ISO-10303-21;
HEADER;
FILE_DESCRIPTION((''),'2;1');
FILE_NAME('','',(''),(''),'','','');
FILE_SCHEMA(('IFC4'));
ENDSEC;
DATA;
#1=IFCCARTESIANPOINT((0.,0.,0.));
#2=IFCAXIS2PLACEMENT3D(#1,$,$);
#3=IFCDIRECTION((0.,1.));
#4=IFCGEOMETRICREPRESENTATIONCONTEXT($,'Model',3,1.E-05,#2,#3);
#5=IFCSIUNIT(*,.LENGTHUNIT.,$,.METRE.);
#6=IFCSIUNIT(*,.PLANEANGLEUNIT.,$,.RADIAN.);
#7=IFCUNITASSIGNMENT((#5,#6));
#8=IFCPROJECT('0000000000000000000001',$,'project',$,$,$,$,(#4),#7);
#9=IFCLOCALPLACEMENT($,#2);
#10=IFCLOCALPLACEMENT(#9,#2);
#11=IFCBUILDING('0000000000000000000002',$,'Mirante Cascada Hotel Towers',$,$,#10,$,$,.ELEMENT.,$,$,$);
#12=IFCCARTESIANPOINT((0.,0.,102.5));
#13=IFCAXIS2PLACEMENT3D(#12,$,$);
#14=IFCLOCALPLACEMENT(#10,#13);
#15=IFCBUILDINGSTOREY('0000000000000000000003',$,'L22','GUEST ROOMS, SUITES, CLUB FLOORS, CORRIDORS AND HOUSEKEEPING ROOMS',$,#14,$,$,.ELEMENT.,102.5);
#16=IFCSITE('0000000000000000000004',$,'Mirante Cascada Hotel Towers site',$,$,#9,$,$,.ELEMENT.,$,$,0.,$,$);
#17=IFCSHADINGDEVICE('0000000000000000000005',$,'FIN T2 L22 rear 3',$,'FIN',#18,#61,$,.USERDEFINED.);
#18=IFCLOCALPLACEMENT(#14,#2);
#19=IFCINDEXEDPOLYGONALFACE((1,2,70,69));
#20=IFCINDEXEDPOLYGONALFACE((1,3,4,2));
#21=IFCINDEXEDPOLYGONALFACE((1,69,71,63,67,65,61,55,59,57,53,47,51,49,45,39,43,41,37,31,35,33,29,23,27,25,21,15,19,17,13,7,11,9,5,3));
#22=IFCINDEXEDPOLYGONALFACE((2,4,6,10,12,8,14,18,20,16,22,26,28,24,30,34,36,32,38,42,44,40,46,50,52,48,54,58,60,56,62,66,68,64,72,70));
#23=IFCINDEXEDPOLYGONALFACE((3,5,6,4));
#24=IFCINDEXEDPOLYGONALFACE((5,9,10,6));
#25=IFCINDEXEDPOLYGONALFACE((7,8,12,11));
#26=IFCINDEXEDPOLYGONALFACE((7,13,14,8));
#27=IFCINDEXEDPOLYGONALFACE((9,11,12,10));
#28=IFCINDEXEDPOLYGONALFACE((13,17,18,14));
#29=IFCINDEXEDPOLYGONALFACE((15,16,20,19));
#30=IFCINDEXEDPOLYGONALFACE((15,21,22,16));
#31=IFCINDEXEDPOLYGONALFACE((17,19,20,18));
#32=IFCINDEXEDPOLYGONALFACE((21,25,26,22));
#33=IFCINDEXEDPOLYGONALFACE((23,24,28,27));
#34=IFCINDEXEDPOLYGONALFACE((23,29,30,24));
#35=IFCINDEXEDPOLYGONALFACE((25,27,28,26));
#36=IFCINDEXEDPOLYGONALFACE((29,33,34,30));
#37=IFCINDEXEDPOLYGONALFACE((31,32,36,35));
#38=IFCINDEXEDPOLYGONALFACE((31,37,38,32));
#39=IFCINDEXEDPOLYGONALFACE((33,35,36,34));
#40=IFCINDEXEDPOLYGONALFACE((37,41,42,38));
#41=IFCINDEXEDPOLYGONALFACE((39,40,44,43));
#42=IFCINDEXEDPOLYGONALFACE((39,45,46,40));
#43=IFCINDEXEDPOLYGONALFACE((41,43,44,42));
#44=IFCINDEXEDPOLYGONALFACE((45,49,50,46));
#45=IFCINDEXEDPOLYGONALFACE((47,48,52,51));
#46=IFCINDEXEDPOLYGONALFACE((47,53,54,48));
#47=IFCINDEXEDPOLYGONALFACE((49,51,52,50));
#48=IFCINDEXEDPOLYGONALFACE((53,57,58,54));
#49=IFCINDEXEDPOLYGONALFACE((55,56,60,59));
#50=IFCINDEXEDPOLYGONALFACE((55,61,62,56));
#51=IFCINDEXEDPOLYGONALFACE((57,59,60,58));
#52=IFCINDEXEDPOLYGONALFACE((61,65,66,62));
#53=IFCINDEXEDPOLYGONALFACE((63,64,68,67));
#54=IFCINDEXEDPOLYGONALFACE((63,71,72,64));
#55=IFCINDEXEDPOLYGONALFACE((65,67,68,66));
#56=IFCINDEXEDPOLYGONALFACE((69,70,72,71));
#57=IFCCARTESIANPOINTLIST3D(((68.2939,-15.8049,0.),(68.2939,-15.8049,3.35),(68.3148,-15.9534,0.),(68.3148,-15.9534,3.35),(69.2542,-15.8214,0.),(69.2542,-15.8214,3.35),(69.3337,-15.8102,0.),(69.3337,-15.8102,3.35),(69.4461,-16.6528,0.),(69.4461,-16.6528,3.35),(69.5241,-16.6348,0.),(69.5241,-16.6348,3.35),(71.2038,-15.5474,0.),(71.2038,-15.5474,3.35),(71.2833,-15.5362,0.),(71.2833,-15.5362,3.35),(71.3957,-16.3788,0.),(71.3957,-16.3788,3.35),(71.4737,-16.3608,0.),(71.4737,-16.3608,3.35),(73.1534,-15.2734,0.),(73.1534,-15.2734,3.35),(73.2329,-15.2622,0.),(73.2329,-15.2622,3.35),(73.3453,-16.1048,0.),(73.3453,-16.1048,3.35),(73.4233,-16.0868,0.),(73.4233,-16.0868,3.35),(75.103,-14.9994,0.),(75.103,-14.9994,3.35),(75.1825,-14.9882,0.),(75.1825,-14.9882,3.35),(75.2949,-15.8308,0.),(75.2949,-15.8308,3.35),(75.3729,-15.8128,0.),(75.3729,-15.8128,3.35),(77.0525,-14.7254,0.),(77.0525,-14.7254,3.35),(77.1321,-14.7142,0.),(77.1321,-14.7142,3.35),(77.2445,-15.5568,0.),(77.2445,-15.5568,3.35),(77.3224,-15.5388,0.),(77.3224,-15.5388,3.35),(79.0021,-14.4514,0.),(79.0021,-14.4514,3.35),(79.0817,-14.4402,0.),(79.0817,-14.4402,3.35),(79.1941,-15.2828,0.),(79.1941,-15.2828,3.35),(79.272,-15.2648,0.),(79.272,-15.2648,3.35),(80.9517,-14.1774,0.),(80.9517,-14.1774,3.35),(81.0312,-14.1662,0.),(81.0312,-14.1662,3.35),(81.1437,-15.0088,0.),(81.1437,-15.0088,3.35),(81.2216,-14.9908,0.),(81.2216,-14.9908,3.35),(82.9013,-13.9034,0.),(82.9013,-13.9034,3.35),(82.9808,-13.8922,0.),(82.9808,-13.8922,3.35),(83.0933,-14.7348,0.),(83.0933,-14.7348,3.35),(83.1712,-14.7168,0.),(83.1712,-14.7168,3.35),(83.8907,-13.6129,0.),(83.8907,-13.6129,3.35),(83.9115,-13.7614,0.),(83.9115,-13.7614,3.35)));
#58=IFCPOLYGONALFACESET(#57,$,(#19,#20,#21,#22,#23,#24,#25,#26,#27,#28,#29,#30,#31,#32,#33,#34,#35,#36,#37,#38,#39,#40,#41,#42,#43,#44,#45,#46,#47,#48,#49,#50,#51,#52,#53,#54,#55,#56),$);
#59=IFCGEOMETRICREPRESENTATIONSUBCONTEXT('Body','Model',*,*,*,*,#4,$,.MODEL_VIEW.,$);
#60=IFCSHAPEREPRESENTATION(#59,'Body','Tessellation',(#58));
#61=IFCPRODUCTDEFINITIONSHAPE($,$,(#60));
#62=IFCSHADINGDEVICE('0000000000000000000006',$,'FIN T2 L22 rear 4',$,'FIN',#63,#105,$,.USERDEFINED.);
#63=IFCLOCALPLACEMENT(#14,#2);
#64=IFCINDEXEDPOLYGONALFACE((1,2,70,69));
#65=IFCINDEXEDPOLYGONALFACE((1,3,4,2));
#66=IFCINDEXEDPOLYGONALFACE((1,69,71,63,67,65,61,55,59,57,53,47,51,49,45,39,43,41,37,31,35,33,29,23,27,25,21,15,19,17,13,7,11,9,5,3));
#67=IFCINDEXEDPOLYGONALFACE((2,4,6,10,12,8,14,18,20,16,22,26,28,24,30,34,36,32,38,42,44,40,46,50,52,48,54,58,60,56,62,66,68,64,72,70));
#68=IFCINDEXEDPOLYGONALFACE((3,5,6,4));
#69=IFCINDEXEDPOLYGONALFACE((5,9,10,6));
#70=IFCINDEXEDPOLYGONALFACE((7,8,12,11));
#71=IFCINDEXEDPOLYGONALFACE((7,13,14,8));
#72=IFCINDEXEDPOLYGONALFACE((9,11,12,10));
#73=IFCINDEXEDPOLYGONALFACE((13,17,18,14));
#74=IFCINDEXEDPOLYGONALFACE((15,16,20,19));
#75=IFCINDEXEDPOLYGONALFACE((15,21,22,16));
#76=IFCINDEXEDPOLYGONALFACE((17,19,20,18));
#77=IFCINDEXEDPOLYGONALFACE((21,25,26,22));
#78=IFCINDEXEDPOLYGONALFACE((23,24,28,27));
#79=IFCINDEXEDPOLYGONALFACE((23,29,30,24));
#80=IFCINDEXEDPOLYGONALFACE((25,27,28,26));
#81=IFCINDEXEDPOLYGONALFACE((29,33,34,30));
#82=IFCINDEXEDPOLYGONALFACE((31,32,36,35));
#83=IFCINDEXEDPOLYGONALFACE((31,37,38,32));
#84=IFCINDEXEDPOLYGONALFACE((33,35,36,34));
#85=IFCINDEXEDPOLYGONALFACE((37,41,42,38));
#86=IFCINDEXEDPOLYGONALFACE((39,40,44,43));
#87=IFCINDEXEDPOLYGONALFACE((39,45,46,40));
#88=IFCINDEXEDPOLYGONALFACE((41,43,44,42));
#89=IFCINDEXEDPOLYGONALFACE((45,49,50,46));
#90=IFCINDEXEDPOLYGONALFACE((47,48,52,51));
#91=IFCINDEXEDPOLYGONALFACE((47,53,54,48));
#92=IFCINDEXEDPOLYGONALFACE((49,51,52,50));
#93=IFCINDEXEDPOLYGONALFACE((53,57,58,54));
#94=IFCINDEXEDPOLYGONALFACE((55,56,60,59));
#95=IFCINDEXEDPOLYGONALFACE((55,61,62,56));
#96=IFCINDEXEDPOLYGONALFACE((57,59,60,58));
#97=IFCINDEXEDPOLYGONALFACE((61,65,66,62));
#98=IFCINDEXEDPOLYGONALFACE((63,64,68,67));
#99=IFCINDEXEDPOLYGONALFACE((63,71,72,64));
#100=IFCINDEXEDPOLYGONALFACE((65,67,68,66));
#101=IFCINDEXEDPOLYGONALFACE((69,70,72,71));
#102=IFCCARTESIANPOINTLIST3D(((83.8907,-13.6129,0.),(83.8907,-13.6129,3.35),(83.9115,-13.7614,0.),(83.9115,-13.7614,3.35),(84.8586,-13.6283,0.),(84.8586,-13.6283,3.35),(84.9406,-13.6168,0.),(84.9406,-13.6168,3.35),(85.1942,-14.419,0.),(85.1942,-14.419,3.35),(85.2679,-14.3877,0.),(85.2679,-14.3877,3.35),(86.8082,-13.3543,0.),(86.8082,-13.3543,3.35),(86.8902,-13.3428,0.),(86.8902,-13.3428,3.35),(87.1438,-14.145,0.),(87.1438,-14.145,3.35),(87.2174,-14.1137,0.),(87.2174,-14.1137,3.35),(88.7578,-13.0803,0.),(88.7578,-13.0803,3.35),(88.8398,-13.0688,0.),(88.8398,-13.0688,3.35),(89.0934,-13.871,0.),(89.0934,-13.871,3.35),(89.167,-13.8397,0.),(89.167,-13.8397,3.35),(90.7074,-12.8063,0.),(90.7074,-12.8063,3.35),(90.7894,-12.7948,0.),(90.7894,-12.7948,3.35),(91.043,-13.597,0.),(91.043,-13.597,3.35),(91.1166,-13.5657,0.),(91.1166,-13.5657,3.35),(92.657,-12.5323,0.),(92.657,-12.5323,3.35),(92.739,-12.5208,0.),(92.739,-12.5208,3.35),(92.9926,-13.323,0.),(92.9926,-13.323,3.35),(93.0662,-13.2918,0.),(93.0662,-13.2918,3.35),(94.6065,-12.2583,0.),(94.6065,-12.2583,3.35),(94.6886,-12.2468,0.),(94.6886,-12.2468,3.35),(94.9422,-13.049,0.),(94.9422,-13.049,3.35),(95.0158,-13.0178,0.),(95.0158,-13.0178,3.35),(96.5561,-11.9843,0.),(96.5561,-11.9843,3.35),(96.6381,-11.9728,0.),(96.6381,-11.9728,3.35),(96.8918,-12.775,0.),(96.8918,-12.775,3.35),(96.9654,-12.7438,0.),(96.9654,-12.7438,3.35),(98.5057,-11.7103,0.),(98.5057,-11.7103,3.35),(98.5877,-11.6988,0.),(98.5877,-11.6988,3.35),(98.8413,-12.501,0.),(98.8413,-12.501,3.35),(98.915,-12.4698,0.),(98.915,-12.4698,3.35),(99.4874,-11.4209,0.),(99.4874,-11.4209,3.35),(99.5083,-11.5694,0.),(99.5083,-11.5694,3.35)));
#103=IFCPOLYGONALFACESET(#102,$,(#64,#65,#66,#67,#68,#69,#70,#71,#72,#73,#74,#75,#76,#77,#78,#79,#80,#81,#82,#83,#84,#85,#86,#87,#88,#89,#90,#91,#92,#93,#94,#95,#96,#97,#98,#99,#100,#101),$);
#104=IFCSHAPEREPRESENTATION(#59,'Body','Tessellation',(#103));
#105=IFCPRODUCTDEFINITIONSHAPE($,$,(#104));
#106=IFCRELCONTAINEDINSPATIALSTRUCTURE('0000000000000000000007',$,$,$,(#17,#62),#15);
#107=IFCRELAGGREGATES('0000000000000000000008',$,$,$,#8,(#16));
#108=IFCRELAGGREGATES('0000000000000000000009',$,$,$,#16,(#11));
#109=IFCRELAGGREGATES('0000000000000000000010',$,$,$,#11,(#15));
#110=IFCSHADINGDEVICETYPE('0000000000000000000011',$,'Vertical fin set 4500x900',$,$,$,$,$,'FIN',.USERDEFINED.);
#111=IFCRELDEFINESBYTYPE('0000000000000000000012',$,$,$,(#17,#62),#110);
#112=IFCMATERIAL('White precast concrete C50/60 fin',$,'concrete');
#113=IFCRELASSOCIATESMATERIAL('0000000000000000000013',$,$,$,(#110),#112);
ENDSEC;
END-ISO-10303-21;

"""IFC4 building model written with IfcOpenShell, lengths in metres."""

from ifc_helpers import new_model, si_unit, direction, frame, origin, place, context, subcontext, project, spatial, polyline, outline, extrude, material, type_object, element, save


model = new_model("IFC4")

# Units and contexts
model_context = context("Model", 3, precision=1e-05, world=origin(), true_north=direction((0.0, 1.0)))
body_context = subcontext(model_context, "Body", "Model", "MODEL_VIEW")
ifc_project = project(units=[si_unit("LENGTHUNIT", "METRE"), si_unit("PLANEANGLEUNIT", "RADIAN")], contexts=[model_context])

# Site, building, storey
site_placement = place(None, origin())
site = spatial("IfcSite", under=ifc_project, at=site_placement, Name="Mirante Cascada Hotel Towers site", CompositionType="ELEMENT", RefElevation=0.0)
building_placement = place(site_placement, origin())
building = spatial("IfcBuilding", under=site, at=building_placement, Name="Mirante Cascada Hotel Towers", CompositionType="ELEMENT")
storey_placement = place(building_placement, frame((0.0, 0.0, 102.5)))
storey = spatial("IfcBuildingStorey", under=building, at=storey_placement, Name="L22", Description="GUEST ROOMS, SUITES, CLUB FLOORS, CORRIDORS AND HOUSEKEEPING ROOMS", CompositionType="ELEMENT", Elevation=102.5)

# Shading devices
ifc_material_1 = material(Name="White precast concrete C50/60 fin", Category="concrete")
shading_device_type = type_object("IfcShadingDeviceType", Name="Vertical fin set 4500x900", ElementType="FIN", PredefinedType="USERDEFINED", material=ifc_material_1)
shading_device_1_placement = place(storey_placement, origin())
element("IfcShadingDevice", 1, at=shading_device_1_placement, inside=storey, type_object=shading_device_type, Name="FIN T2 L22 rear 3", ObjectType="FIN", PredefinedType="USERDEFINED", context=body_context, shape_type="SweptSolid", body=[
    extrude(outline(polyline([(69.4461, -16.6528), (69.2542, -15.8214), (68.3148, -15.9534), (68.2939, -15.8049), (83.8907, -13.6129), (83.9115, -13.7614), (82.9808, -13.8922), (83.1712, -14.7168), (83.0933, -14.7348), (82.9013, -13.9034), (81.0312, -14.1662), (81.2216, -14.9908), (81.1437, -15.0088), (80.9517, -14.1774), (79.0817, -14.4402), (79.272, -15.2648), (79.1941, -15.2828), (79.0021, -14.4514), (77.1321, -14.7142), (77.3224, -15.5388), (77.2445, -15.5568), (77.0525, -14.7254), (75.1825, -14.9882), (75.3729, -15.8128), (75.2949, -15.8308), (75.103, -14.9994), (73.2329, -15.2622), (73.4233, -16.0868), (73.3453, -16.1048), (73.1534, -15.2734), (71.2833, -15.5362), (71.4737, -16.3608), (71.3957, -16.3788), (71.2038, -15.5474), (69.3337, -15.8102), (69.5241, -16.6348), (69.4461, -16.6528)])), origin(), (0.0, 0.0, 1.0), 3.35),
])
shading_device_2_placement = place(storey_placement, origin())
element("IfcShadingDevice", 2, at=shading_device_2_placement, inside=storey, type_object=shading_device_type, Name="FIN T2 L22 rear 4", ObjectType="FIN", PredefinedType="USERDEFINED", context=body_context, shape_type="SweptSolid", body=[
    extrude(outline(polyline([(85.1942, -14.419), (84.8586, -13.6283), (83.9115, -13.7614), (83.8907, -13.6129), (99.4874, -11.4209), (99.5083, -11.5694), (98.5877, -11.6988), (98.915, -12.4698), (98.8413, -12.501), (98.5057, -11.7103), (96.6381, -11.9728), (96.9654, -12.7438), (96.8918, -12.775), (96.5561, -11.9843), (94.6886, -12.2468), (95.0158, -13.0178), (94.9422, -13.049), (94.6065, -12.2583), (92.739, -12.5208), (93.0662, -13.2918), (92.9926, -13.323), (92.657, -12.5323), (90.7894, -12.7948), (91.1166, -13.5657), (91.043, -13.597), (90.7074, -12.8063), (88.8398, -13.0688), (89.167, -13.8397), (89.0934, -13.871), (88.7578, -13.0803), (86.8902, -13.3428), (87.2174, -14.1137), (87.1438, -14.145), (86.8082, -13.3543), (84.9406, -13.6168), (85.2679, -14.3877), (85.1942, -14.419)])), origin(), (0.0, 0.0, 1.0), 3.35),
])

save(model, "model.ifc")
